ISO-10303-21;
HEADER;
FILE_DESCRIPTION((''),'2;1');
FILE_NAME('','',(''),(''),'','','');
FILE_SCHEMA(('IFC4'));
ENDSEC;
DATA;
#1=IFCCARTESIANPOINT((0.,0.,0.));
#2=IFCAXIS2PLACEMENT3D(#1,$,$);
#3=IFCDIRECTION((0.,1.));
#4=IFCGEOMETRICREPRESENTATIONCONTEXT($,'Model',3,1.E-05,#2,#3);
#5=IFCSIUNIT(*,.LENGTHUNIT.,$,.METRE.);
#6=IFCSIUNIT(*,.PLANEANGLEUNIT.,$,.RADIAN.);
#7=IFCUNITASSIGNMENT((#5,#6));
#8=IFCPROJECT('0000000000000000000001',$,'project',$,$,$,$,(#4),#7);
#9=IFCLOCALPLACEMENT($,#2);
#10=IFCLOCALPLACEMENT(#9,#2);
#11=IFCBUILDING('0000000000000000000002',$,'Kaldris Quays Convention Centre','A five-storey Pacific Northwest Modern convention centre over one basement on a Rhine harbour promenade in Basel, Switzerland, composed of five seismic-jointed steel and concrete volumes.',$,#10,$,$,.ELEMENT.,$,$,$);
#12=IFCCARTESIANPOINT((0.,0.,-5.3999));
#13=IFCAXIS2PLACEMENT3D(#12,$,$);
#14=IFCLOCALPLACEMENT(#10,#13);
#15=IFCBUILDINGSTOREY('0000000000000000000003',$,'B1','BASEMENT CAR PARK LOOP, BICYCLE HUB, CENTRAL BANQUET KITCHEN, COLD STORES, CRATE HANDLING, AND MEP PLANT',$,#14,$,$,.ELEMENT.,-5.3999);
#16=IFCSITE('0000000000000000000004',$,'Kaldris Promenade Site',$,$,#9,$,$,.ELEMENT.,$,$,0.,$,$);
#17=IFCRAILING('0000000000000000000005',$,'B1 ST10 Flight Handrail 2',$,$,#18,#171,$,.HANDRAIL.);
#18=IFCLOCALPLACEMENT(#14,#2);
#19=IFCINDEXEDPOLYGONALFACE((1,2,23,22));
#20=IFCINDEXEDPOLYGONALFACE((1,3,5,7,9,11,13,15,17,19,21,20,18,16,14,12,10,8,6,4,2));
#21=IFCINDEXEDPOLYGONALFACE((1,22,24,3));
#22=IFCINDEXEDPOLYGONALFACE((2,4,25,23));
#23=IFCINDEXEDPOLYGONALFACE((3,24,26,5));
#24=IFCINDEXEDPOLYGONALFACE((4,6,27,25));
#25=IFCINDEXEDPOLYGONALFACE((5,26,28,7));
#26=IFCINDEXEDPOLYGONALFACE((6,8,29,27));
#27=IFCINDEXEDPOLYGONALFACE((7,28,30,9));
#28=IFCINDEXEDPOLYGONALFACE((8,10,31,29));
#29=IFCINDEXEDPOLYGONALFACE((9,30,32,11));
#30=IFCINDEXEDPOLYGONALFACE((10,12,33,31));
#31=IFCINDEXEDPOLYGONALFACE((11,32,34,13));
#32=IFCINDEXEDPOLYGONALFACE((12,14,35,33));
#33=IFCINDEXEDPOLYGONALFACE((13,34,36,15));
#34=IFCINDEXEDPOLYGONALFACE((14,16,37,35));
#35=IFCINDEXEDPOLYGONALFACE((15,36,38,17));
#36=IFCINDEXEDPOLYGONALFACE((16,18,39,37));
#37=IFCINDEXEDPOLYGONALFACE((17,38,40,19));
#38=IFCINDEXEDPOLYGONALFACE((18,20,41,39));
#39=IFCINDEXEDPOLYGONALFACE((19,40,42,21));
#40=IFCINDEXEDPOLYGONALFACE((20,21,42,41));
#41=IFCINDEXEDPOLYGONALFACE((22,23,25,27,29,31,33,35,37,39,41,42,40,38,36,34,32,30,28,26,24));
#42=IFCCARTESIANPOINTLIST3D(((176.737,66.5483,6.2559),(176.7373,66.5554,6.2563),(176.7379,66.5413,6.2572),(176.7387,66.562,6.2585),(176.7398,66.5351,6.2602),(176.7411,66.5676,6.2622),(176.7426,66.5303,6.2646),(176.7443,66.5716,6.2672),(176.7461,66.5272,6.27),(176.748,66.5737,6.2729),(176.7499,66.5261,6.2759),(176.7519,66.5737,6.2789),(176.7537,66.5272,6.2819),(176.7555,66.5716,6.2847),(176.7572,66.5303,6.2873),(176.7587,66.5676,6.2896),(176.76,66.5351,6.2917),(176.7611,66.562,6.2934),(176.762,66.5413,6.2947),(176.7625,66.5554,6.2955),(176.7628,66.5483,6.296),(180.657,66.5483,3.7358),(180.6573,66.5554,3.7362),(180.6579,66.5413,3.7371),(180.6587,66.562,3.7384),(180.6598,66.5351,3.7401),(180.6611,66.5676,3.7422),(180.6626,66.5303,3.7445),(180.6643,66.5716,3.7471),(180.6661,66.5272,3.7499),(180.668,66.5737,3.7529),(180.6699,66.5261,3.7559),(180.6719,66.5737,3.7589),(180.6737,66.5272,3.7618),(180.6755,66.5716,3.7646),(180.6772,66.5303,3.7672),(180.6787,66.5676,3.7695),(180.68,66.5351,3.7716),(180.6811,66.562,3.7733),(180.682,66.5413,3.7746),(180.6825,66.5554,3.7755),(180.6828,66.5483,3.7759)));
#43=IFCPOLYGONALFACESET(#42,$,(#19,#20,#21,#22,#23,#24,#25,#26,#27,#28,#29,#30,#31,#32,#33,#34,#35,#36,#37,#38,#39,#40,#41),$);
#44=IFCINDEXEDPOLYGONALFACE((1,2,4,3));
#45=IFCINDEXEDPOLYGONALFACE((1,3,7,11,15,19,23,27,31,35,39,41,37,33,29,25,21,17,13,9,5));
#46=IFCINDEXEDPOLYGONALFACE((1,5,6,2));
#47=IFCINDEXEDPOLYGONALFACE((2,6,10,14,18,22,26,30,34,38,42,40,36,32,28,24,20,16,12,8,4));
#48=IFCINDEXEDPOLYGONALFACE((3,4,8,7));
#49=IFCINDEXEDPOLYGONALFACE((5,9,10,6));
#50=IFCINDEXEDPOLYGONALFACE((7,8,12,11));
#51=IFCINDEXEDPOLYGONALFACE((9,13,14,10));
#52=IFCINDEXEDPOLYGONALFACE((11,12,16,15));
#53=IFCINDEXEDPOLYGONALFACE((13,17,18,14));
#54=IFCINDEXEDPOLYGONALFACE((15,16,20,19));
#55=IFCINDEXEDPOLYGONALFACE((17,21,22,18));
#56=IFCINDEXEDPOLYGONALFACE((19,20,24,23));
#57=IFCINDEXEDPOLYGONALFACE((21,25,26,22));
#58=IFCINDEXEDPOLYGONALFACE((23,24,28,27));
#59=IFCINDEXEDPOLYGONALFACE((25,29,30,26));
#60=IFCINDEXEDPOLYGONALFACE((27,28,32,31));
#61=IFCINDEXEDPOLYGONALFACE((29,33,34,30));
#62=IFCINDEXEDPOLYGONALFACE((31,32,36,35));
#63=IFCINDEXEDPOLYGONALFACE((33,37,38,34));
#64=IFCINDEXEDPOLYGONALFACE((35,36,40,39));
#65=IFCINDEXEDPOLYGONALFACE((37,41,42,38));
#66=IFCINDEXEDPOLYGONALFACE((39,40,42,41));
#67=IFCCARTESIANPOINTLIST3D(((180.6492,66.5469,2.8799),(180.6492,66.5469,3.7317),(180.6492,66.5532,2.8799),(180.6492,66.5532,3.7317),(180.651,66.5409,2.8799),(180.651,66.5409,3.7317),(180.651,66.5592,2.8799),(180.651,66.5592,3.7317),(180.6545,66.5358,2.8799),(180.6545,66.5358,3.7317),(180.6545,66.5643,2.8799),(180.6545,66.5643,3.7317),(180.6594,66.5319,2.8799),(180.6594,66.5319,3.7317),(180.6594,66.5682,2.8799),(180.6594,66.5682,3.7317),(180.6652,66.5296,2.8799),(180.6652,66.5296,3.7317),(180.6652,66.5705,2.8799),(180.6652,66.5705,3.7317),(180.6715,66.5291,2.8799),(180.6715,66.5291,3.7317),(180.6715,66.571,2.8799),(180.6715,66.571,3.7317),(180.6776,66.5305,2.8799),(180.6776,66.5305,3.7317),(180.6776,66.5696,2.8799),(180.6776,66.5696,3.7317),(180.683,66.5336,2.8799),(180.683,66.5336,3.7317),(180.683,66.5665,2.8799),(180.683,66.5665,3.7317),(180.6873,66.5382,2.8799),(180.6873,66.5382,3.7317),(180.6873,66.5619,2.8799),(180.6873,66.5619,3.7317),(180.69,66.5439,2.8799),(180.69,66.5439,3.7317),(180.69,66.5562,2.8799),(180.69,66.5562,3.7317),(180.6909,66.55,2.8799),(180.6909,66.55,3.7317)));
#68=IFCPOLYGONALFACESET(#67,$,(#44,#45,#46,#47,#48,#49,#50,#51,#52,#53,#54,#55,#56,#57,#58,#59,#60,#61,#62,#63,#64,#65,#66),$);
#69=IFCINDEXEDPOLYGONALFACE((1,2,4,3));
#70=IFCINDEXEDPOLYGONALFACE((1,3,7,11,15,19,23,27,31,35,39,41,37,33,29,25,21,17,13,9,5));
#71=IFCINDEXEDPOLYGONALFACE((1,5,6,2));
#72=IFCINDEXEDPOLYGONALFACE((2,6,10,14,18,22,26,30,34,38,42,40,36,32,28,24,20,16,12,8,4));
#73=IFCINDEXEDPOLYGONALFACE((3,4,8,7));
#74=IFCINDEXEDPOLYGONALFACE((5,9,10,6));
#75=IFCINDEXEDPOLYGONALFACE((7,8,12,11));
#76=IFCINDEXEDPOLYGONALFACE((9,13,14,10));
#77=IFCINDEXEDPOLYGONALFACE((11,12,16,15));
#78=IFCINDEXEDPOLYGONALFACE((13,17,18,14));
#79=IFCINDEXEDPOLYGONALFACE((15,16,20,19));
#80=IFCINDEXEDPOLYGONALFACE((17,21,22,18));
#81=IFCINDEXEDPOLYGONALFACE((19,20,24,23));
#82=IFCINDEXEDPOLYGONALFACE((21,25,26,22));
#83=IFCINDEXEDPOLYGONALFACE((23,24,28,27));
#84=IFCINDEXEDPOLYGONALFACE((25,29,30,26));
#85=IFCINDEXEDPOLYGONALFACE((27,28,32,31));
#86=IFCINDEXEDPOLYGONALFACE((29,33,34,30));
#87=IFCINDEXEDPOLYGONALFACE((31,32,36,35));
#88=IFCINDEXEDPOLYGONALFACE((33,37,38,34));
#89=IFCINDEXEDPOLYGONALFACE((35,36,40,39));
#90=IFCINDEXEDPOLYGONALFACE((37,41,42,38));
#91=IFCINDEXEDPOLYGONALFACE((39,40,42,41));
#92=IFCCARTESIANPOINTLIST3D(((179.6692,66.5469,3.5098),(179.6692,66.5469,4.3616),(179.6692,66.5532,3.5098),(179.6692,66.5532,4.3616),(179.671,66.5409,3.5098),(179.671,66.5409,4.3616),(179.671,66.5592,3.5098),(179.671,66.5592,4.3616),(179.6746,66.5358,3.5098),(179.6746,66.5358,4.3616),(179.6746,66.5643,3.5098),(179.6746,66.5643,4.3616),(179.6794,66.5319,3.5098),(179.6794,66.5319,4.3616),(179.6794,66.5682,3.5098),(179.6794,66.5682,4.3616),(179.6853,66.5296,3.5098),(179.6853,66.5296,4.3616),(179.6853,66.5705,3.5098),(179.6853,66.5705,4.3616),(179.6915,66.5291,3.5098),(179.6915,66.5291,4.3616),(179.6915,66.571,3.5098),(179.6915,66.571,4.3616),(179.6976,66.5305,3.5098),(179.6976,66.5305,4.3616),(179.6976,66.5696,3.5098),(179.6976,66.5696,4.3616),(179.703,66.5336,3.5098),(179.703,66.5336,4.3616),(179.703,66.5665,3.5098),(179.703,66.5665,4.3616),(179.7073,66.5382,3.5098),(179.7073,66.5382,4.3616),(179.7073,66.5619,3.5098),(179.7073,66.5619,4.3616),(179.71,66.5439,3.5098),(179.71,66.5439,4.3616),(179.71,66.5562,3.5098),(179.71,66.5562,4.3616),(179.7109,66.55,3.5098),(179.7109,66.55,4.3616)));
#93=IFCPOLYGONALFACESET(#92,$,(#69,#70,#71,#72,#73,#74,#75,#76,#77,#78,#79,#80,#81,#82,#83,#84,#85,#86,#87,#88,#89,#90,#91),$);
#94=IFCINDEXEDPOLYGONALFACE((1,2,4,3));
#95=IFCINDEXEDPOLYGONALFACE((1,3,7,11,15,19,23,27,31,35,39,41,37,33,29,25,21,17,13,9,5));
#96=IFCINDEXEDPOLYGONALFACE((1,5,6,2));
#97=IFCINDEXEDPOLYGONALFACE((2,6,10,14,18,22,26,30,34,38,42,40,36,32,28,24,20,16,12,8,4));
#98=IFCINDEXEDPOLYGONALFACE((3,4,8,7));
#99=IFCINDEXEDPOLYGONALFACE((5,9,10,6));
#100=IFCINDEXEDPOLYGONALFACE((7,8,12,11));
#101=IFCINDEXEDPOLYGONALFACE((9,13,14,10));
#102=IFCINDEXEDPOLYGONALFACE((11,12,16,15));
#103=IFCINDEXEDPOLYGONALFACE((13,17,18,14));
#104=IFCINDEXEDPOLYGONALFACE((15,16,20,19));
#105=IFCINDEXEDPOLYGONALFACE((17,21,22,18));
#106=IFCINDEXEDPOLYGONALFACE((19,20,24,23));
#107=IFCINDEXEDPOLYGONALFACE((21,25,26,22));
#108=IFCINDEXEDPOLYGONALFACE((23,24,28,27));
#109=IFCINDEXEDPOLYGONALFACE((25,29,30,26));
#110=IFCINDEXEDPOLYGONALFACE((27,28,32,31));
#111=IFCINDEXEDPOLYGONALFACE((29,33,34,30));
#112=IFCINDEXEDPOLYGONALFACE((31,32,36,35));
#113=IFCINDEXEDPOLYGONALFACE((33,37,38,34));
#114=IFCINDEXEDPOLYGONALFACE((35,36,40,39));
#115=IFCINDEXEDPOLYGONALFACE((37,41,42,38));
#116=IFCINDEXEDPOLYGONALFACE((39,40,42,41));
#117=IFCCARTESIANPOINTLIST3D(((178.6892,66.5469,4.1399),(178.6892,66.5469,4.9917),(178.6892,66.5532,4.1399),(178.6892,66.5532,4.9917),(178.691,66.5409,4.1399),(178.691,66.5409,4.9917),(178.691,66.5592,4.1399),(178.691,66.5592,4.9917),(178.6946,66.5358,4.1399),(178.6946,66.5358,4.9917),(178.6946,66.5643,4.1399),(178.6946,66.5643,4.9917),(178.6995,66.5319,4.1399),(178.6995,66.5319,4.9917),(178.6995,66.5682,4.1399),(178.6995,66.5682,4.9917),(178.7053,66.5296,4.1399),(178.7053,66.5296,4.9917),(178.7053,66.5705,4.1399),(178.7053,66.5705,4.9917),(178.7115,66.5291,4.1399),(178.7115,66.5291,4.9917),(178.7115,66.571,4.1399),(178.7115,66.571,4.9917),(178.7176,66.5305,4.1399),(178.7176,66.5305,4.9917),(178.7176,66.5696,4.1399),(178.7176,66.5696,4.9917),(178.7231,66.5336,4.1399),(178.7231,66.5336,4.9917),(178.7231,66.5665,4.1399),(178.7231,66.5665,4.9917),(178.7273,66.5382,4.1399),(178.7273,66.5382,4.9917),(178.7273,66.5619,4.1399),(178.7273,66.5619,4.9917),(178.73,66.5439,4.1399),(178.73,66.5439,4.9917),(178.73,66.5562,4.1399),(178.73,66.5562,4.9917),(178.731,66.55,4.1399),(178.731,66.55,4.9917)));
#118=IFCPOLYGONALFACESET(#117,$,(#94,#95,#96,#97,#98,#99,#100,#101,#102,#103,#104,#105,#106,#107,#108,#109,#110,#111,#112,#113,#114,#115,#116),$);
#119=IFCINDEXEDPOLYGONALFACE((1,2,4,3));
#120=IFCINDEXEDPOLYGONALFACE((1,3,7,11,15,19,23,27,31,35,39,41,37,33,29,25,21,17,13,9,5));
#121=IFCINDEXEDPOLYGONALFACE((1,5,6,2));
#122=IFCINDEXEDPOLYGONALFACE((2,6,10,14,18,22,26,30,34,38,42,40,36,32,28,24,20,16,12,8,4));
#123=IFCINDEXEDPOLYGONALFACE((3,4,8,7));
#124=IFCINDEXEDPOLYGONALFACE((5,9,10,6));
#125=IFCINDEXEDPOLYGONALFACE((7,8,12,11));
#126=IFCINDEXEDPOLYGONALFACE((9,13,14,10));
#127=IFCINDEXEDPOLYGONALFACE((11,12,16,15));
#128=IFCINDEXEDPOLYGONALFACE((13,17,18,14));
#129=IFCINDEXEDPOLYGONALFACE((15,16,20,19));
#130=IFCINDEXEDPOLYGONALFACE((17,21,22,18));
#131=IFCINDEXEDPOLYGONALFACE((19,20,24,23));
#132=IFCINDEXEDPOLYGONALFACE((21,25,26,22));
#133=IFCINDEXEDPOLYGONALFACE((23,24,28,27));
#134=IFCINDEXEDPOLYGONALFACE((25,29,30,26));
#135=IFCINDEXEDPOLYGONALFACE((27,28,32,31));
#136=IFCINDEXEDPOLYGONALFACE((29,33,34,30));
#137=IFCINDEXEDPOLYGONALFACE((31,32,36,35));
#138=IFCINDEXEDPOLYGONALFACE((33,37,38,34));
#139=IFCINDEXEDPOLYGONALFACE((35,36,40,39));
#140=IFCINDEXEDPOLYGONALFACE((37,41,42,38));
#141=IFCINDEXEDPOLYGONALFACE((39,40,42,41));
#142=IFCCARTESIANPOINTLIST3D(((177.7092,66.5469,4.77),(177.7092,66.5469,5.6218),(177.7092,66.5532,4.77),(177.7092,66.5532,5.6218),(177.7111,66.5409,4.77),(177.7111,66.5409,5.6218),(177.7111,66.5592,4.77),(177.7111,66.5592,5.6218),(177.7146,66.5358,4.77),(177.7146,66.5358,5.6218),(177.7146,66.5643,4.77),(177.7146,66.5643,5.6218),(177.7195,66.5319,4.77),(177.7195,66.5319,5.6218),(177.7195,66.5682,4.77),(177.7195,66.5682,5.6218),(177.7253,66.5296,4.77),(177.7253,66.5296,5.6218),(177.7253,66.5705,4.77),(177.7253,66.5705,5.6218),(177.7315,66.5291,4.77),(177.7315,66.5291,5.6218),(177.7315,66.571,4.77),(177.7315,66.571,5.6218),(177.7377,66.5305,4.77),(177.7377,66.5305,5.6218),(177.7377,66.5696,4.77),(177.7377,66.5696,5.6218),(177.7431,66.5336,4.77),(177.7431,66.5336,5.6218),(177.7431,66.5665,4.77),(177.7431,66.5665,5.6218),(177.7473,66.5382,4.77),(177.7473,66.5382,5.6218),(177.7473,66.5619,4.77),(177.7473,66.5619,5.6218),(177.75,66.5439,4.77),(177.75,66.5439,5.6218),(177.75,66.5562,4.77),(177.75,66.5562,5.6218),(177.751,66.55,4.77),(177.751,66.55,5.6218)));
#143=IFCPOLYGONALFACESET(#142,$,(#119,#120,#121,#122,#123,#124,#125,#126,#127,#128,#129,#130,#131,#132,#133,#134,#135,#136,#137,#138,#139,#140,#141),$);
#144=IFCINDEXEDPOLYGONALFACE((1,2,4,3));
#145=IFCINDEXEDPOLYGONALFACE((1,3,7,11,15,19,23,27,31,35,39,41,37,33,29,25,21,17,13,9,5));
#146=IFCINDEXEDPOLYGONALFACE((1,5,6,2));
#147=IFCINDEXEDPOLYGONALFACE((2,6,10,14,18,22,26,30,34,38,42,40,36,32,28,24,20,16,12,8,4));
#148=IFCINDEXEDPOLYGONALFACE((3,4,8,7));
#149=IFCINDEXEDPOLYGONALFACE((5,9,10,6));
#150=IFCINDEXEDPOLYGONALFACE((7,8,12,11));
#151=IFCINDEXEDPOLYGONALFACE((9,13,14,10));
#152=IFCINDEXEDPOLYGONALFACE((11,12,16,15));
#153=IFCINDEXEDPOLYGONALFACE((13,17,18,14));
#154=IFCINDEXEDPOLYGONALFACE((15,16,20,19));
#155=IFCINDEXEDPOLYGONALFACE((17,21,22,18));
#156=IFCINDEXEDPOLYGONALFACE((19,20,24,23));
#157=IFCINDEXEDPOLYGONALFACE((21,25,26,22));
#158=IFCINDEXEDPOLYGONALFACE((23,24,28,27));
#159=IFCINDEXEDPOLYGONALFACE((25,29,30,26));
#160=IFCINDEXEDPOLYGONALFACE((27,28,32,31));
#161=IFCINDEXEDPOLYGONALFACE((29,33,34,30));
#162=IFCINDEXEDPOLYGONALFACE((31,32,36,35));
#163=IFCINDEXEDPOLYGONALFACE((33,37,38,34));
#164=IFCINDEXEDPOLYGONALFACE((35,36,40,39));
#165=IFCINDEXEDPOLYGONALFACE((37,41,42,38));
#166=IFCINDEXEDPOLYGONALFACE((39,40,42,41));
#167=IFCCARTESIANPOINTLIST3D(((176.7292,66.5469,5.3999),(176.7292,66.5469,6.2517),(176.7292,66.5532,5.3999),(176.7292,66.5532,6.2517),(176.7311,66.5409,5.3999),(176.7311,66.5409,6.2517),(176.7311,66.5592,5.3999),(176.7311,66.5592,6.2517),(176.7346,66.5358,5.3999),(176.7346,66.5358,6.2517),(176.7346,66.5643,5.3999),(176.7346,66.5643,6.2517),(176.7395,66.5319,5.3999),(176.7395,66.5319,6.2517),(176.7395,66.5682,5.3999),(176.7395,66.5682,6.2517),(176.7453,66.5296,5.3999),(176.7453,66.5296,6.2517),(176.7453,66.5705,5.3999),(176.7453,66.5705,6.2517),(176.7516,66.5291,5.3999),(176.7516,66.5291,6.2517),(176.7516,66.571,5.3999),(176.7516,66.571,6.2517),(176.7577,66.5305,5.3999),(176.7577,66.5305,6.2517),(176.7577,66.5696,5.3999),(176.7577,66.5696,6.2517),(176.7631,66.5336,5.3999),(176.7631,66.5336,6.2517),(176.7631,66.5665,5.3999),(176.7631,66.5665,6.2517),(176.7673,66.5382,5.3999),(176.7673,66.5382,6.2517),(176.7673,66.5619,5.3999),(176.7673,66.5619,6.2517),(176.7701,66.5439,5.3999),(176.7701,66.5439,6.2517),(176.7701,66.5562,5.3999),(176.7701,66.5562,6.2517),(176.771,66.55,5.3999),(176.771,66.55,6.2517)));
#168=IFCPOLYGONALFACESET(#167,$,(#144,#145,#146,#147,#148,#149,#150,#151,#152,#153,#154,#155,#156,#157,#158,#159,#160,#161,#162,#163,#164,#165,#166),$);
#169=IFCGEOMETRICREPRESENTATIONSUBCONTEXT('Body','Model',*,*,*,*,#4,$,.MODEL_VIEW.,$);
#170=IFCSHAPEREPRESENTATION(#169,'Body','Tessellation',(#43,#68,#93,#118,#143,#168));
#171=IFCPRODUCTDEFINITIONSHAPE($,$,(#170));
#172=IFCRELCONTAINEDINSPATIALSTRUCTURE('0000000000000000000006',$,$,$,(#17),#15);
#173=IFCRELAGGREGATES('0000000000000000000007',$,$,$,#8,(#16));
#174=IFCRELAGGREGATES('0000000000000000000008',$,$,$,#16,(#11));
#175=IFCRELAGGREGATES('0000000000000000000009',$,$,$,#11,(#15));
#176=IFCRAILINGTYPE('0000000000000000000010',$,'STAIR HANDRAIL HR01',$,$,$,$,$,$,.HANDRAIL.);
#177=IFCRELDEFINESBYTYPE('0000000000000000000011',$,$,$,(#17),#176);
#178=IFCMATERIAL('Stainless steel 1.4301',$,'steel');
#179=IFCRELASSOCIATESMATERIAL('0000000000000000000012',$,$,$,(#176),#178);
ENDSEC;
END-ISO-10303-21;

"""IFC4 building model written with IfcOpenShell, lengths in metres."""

from ifc_helpers import new_model, si_unit, direction, frame, origin, origin_2d, place, context, subcontext, project, spatial, circle, extrude, material, type_object, element, save


model = new_model("IFC4")

# Units and contexts
model_context = context("Model", 3, precision=1e-05, world=origin(), true_north=direction((0.0, 1.0)))
body_context = subcontext(model_context, "Body", "Model", "MODEL_VIEW")
ifc_project = project(units=[si_unit("LENGTHUNIT", "METRE"), si_unit("PLANEANGLEUNIT", "RADIAN")], contexts=[model_context])

# Site, building, storey
site_placement = place(None, origin())
site = spatial("IfcSite", under=ifc_project, at=site_placement, Name="Kaldris Promenade Site", CompositionType="ELEMENT", RefElevation=0.0)
building_placement = place(site_placement, origin())
building = spatial("IfcBuilding", under=site, at=building_placement, Name="Kaldris Quays Convention Centre", Description="A five-storey Pacific Northwest Modern convention centre over one basement on a Rhine harbour promenade in Basel, Switzerland, composed of five seismic-jointed steel and concrete volumes.", CompositionType="ELEMENT")
storey_placement = place(building_placement, frame((0.0, 0.0, -5.3999)))
storey = spatial("IfcBuildingStorey", under=building, at=storey_placement, Name="B1", Description="BASEMENT CAR PARK LOOP, BICYCLE HUB, CENTRAL BANQUET KITCHEN, COLD STORES, CRATE HANDLING, AND MEP PLANT", CompositionType="ELEMENT", Elevation=-5.3999)

# Railing
ifc_material_1 = material(Name="Stainless steel 1.4301", Category="steel")
railing_type_1 = type_object("IfcRailingType", Name="STAIR HANDRAIL HR01", PredefinedType="HANDRAIL", material=ifc_material_1)
railing_1_placement = place(storey_placement, frame((180.6699, 66.55, 2.8799)))
element("IfcRailing", 1, at=railing_1_placement, inside=storey, type_object=railing_type_1, Name="B1 ST10 Flight Handrail 2", PredefinedType="HANDRAIL", context=body_context, shape_type="SweptSolid", body=[
    extrude(circle(Radius=0.0239, at=origin_2d()), frame((0.0, 0.0, 0.876), z_axis=(-0.841172, 0.0, 0.540768), x_axis=(0.0, -1.0, 0.0)), (0.0, 0.0, 1.0), 4.6602),
    extrude(circle(Radius=0.021, at=origin_2d()), origin(), (0.0, 0.0, 1.0), 0.8518),
    extrude(circle(Radius=0.021, at=origin_2d()), frame((-0.98, 0.0, 0.6299)), (0.0, 0.0, 1.0), 0.8518),
    extrude(circle(Radius=0.021, at=origin_2d()), frame((-1.96, 0.0, 1.26)), (0.0, 0.0, 1.0), 0.8518),
    extrude(circle(Radius=0.021, at=origin_2d()), frame((-2.9399, 0.0, 1.8901)), (0.0, 0.0, 1.0), 0.8518),
    extrude(circle(Radius=0.021, at=origin_2d()), frame((-3.9199, 0.0, 2.52)), (0.0, 0.0, 1.0), 0.8518),
])

save(model, "model.ifc")
